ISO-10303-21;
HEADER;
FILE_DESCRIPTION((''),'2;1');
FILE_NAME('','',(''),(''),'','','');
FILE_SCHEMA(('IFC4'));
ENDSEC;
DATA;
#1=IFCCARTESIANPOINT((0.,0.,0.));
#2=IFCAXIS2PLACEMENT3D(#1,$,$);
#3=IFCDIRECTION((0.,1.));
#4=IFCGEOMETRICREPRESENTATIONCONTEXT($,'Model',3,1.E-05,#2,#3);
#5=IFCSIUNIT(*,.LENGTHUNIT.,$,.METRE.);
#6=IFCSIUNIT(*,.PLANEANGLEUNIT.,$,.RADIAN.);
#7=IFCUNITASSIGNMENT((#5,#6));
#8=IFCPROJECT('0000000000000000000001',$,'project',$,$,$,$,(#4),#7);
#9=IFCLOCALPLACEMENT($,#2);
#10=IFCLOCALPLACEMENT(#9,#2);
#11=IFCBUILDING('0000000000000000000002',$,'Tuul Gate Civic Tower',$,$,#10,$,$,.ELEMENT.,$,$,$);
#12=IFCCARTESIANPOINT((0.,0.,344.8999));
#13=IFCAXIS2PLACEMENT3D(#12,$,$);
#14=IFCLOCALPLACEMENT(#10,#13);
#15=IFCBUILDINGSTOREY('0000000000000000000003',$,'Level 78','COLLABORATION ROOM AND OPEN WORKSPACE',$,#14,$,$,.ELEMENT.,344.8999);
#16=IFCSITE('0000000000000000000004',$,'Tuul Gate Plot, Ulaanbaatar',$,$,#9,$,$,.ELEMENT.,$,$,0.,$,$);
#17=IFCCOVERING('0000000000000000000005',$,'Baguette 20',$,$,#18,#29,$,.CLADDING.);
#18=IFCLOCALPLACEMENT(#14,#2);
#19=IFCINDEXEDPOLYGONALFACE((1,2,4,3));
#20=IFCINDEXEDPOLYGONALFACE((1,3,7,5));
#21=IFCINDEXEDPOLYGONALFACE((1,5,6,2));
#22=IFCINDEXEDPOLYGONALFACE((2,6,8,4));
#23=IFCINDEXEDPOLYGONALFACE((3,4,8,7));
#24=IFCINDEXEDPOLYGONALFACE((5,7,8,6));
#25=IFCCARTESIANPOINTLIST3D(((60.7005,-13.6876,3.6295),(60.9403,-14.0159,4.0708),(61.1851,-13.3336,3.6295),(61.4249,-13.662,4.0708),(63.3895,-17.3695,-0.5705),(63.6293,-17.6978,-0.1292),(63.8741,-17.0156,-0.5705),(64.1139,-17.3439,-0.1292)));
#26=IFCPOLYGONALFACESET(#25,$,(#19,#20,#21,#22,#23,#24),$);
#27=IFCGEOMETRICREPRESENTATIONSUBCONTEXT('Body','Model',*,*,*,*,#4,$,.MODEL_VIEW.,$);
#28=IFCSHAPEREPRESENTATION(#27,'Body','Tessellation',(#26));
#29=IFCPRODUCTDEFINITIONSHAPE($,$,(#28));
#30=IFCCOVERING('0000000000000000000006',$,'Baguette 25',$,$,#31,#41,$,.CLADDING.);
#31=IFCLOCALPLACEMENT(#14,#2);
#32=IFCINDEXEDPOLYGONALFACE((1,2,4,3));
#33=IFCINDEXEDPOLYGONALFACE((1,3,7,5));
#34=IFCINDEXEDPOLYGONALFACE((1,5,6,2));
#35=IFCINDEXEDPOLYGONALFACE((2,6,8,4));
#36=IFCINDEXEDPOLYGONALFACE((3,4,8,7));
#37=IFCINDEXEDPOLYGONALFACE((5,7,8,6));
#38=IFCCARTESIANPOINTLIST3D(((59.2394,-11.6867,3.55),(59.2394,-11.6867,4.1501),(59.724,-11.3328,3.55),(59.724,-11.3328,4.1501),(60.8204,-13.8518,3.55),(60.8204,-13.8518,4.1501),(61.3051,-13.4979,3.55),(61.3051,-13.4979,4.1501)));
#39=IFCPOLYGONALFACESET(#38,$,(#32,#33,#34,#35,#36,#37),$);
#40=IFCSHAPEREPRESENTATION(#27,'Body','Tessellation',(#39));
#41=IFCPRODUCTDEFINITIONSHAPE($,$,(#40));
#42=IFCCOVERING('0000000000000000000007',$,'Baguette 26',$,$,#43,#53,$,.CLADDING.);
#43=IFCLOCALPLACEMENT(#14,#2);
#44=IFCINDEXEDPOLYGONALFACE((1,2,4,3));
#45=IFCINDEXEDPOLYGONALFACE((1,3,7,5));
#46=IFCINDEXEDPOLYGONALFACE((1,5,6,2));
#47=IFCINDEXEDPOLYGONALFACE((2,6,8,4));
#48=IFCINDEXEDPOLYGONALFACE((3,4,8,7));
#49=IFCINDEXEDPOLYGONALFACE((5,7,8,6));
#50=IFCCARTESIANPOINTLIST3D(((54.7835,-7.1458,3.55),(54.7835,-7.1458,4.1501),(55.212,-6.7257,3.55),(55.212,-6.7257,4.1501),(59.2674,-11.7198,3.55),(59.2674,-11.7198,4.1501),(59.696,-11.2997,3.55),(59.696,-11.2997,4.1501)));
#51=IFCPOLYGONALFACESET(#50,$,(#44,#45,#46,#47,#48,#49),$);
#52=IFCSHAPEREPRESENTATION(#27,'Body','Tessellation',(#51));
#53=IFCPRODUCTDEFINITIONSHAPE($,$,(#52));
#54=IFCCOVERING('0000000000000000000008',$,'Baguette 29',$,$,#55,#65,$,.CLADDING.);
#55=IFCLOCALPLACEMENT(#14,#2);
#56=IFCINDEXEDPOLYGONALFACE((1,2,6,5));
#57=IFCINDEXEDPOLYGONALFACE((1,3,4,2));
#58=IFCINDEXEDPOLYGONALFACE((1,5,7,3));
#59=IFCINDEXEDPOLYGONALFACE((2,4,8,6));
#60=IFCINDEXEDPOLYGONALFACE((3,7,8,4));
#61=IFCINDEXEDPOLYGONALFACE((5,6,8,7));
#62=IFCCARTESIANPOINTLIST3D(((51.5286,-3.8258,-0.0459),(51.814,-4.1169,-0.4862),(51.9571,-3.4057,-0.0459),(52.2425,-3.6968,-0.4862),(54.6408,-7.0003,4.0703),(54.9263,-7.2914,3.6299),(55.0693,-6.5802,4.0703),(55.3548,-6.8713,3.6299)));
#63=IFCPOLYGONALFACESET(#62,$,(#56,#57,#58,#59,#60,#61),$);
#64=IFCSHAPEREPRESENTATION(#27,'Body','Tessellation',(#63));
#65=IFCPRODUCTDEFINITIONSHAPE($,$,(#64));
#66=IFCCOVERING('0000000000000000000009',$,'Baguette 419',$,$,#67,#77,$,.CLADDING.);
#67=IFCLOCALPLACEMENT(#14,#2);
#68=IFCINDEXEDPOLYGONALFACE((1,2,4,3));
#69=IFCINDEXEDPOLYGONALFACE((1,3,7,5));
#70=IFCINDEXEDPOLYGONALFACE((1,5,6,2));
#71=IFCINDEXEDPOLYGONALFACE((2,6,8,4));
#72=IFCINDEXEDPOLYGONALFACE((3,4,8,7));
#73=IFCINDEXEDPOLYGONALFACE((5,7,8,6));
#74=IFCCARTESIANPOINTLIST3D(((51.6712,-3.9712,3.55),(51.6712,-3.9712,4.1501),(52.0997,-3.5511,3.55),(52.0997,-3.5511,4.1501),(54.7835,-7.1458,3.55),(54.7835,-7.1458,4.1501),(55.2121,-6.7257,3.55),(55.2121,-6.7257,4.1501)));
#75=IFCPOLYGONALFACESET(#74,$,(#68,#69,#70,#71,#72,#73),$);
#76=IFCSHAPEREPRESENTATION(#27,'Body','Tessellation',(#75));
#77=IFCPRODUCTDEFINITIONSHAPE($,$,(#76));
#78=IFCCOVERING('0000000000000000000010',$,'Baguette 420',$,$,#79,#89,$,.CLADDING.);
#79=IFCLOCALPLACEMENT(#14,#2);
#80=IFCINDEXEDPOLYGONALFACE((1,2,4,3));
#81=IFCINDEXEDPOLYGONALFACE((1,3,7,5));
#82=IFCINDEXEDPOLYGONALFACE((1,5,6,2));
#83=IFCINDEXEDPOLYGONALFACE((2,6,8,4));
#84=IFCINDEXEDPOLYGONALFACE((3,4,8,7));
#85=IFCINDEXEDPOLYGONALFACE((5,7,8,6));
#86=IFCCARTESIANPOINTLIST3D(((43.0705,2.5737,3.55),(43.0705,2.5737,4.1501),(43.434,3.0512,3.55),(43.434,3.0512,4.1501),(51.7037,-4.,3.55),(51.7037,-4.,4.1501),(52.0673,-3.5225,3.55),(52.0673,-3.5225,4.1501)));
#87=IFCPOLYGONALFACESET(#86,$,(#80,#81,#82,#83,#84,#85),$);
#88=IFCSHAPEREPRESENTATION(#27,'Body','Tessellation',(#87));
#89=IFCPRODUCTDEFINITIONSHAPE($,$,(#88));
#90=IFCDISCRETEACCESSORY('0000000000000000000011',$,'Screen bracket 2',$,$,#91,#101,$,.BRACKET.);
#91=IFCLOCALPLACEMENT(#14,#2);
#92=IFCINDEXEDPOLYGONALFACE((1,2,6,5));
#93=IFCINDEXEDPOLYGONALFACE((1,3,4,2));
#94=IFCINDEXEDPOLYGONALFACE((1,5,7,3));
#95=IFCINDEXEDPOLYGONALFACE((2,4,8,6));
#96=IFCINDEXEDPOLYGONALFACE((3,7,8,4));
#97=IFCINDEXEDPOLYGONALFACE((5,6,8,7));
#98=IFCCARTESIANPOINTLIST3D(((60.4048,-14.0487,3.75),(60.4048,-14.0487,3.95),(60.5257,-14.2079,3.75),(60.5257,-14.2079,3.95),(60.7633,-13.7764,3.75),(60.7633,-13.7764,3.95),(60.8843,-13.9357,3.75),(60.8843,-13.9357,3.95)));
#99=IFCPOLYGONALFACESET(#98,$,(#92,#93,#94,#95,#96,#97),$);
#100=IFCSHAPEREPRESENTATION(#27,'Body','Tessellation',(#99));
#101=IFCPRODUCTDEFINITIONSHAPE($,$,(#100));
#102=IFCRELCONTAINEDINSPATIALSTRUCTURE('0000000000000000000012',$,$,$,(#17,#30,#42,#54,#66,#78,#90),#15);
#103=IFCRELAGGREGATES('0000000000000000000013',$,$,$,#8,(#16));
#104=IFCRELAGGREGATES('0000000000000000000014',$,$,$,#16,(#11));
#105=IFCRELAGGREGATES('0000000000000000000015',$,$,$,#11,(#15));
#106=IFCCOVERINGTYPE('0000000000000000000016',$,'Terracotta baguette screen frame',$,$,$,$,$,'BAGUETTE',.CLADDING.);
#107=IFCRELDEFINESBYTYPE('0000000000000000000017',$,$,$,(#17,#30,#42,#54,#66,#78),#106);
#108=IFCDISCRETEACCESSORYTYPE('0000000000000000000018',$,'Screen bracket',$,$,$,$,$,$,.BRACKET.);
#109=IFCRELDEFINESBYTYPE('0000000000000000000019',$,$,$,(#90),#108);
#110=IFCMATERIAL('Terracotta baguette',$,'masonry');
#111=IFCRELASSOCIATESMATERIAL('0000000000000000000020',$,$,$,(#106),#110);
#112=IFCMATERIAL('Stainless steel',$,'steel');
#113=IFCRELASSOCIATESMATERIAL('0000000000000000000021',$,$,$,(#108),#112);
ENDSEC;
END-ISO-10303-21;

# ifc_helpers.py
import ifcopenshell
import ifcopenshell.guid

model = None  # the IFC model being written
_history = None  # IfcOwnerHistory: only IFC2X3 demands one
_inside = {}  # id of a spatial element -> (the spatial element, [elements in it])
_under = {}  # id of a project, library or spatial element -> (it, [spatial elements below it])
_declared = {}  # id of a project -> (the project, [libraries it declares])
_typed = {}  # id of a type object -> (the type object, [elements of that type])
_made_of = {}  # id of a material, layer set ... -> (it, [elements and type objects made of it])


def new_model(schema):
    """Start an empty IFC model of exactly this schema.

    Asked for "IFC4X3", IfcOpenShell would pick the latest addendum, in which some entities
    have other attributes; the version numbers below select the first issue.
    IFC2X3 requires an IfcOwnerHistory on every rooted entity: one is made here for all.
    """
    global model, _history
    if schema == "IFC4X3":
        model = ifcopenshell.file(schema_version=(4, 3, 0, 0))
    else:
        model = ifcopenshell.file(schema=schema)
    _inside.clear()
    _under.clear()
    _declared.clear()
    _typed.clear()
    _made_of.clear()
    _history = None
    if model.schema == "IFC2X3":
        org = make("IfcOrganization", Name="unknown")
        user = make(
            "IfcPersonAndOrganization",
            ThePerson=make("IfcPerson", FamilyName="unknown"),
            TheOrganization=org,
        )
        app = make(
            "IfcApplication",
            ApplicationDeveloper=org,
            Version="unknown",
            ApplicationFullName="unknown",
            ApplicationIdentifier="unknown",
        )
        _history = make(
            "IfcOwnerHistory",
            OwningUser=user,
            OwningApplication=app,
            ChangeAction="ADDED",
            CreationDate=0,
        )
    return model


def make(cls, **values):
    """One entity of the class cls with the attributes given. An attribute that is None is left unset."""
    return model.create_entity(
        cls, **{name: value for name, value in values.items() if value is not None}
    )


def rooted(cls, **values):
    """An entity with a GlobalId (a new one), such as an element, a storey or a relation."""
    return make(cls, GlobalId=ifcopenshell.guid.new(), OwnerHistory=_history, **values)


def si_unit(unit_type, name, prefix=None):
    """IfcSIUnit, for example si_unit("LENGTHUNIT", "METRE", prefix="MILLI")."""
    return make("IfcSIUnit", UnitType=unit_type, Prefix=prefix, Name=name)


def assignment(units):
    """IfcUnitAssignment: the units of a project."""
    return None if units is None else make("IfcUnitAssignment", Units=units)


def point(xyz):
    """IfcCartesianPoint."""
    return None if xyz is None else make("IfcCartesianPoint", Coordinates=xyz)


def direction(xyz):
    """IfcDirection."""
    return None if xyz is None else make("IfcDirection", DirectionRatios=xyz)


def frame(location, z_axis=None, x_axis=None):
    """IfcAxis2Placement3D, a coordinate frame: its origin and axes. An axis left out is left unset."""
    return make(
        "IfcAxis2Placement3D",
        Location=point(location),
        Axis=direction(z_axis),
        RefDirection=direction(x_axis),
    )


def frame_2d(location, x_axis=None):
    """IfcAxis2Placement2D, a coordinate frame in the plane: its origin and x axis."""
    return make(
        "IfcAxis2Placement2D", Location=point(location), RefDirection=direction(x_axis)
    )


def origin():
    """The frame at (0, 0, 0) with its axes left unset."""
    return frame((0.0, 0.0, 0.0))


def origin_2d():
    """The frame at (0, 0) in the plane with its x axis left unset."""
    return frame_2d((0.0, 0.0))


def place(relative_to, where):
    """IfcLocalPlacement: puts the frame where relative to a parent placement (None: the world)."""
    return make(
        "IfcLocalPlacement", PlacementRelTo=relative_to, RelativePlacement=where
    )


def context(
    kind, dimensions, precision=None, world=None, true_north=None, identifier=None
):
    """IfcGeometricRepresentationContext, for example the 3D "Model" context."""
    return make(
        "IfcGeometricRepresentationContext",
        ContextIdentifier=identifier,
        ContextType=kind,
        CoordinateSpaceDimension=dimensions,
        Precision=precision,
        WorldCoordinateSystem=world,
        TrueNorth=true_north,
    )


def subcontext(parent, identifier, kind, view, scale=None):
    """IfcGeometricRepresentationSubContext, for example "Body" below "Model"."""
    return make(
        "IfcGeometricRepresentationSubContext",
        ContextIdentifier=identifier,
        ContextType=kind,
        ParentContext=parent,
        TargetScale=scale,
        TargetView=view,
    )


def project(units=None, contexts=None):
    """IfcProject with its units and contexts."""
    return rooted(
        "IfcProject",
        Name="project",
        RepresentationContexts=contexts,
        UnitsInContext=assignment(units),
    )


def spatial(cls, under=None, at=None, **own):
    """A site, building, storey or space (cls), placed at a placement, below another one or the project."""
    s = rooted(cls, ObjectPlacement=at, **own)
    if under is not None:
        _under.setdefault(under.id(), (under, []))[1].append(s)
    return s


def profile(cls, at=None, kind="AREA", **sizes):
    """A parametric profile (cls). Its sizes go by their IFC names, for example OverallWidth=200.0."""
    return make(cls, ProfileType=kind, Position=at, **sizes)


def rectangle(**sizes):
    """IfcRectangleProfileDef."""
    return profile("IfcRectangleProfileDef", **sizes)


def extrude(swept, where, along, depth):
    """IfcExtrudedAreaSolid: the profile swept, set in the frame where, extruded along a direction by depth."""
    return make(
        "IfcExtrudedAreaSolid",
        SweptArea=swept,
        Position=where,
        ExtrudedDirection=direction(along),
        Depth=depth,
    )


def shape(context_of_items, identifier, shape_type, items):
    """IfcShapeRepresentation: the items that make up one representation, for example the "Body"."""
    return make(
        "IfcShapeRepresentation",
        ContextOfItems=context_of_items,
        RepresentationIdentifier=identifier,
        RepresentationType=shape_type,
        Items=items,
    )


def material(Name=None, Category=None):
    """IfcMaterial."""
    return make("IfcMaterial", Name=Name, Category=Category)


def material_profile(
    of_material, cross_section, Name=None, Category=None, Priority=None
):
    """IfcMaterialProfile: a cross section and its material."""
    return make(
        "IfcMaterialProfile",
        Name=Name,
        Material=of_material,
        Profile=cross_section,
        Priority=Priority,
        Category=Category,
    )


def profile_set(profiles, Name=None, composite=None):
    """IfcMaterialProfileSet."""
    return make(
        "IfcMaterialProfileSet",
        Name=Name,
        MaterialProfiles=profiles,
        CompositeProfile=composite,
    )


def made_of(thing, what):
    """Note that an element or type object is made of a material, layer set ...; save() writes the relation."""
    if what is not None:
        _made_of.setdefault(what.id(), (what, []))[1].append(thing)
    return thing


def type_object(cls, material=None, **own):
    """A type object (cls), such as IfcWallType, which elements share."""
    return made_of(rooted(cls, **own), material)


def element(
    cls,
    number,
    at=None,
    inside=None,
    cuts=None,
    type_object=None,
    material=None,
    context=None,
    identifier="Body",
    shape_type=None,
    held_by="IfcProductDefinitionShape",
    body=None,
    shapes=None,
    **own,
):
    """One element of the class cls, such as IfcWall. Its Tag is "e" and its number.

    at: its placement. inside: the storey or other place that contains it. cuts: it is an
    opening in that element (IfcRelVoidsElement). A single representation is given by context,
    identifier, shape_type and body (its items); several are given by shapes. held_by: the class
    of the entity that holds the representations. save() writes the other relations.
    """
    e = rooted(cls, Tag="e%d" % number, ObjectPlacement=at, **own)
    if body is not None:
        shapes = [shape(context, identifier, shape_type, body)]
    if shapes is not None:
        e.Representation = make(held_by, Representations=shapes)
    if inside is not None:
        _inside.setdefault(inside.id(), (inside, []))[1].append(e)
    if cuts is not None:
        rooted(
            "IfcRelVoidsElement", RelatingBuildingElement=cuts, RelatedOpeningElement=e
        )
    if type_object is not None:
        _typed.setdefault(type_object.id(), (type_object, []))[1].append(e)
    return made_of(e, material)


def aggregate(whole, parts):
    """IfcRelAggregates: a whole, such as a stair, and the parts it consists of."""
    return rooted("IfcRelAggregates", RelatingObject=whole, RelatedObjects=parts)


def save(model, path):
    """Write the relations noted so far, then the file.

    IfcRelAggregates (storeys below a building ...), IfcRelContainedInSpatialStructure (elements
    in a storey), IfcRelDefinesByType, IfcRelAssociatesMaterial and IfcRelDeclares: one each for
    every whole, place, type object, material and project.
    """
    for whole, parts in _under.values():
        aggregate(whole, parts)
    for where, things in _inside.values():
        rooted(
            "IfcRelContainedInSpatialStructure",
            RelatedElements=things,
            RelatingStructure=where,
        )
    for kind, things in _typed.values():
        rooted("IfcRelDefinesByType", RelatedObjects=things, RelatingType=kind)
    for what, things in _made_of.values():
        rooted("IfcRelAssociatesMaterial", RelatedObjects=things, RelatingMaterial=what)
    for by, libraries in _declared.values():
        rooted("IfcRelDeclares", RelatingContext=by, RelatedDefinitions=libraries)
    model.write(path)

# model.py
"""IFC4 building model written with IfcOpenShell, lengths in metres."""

from ifc_helpers import new_model, si_unit, direction, frame, origin, origin_2d, place, context, subcontext, project, spatial, rectangle, extrude, material, material_profile, profile_set, type_object, element, save


model = new_model("IFC4")

# Units and contexts
model_context = context("Model", 3, precision=1e-05, world=origin(), true_north=direction((0.0, 1.0)))
body_context = subcontext(model_context, "Body", "Model", "MODEL_VIEW")
ifc_project = project(units=[si_unit("LENGTHUNIT", "METRE"), si_unit("PLANEANGLEUNIT", "RADIAN")], contexts=[model_context])

# Site, building, storey
site_placement = place(None, origin())
site = spatial("IfcSite", under=ifc_project, at=site_placement, Name="Tuul Gate Plot, Ulaanbaatar", CompositionType="ELEMENT", RefElevation=0.0)
building_placement = place(site_placement, origin())
building = spatial("IfcBuilding", under=site, at=building_placement, Name="Tuul Gate Civic Tower", CompositionType="ELEMENT")
storey_placement = place(building_placement, frame((0.0, 0.0, 344.8999)))
storey = spatial("IfcBuildingStorey", under=building, at=storey_placement, Name="Level 78", Description="COLLABORATION ROOM AND OPEN WORKSPACE", CompositionType="ELEMENT", Elevation=344.8999)

# Coverings
ifc_material_1 = material(Name="Terracotta baguette", Category="masonry")
ifc_material_profile_1 = material_profile(ifc_material_1, rectangle(XDim=0.6001, YDim=0.6001, at=origin_2d()), Name="Terracotta baguette screen frame")
ifc_profile_set_1 = profile_set([ifc_material_profile_1], Name="Terracotta baguette")
covering_type = type_object("IfcCoveringType", Name="Terracotta baguette screen frame", ElementType="BAGUETTE", PredefinedType="CLADDING", material=ifc_profile_set_1)
covering_1_placement = place(storey_placement, frame((63.7517, -17.3567, -0.3499), z_axis=(-0.433781, 0.593957, 0.677531), x_axis=(-0.807563, -0.589782, 0.0)))
element("IfcCovering", 1, at=covering_1_placement, inside=storey, type_object=covering_type, Name="Baguette 20", PredefinedType="CLADDING", context=body_context, shape_type="SweptSolid", body=[
    extrude(rectangle(XDim=0.6001, YDim=0.6001, at=origin_2d()), origin(), (0.0, 0.0, 1.0), 6.199),
])
covering_2_placement = place(storey_placement, frame((61.0627, -13.6748, 3.8501), z_axis=(-0.589752, 0.807585, 0.0), x_axis=(-0.807585, -0.589752, 0.0)))
element("IfcCovering", 2, at=covering_2_placement, inside=storey, type_object=covering_type, Name="Baguette 25", PredefinedType="CLADDING", context=body_context, shape_type="SweptSolid", body=[
    extrude(rectangle(XDim=0.6001, YDim=0.6001, at=origin_2d()), origin(), (0.0, 0.0, 1.0), 2.6809),
])
covering_3_placement = place(storey_placement, frame((59.4817, -11.5098, 3.8501), z_axis=(-0.700039, 0.714104, 0.0), x_axis=(-0.714104, -0.700039, 0.0)))
element("IfcCovering", 3, at=covering_3_placement, inside=storey, type_object=covering_type, Name="Baguette 26", PredefinedType="CLADDING", context=body_context, shape_type="SweptSolid", body=[
    extrude(rectangle(XDim=0.6001, YDim=0.6001, at=origin_2d()), origin(), (0.0, 0.0, 1.0), 6.4053),
])
covering_4_placement = place(storey_placement, frame((54.9978, -6.9358, 3.8501), z_axis=(-0.513694, 0.52397, -0.679392), x_axis=(-0.714074, -0.70007, 0.0)))
element("IfcCovering", 4, at=covering_4_placement, inside=storey, type_object=covering_type, Name="Baguette 29", PredefinedType="CLADDING", context=body_context, shape_type="SweptSolid", body=[
    extrude(rectangle(XDim=0.6001, YDim=0.6001, at=origin_2d()), origin(), (0.0, 0.0, 1.0), 6.0586),
])
covering_5_placement = place(storey_placement, frame((54.9978, -6.9358, 3.8501), z_axis=(-0.70007, 0.714074, 0.0), x_axis=(-0.714074, -0.70007, 0.0)))
element("IfcCovering", 5, at=covering_5_placement, inside=storey, type_object=covering_type, Name="Baguette 419", PredefinedType="CLADDING", context=body_context, shape_type="SweptSolid", body=[
    extrude(rectangle(XDim=0.6001, YDim=0.6001, at=origin_2d()), origin(), (0.0, 0.0, 1.0), 4.4458),
])
covering_6_placement = place(storey_placement, frame((51.8855, -3.7612, 3.8501), z_axis=(-0.79561, 0.605809, 0.0), x_axis=(-0.605809, -0.79561, 0.0)))
element("IfcCovering", 6, at=covering_6_placement, inside=storey, type_object=covering_type, Name="Baguette 420", PredefinedType="CLADDING", context=body_context, shape_type="SweptSolid", body=[
    extrude(rectangle(XDim=0.6001, YDim=0.6001, at=origin_2d()), origin(), (0.0, 0.0, 1.0), 10.8511),
])

# Discrete accessory
ifc_material_2 = material(Name="Stainless steel", Category="steel")
discrete_accessory_type = type_object("IfcDiscreteAccessoryType", Name="Screen bracket", PredefinedType="BRACKET", material=ifc_material_2)
discrete_accessory_placement = place(storey_placement, frame((60.6445, -13.9922, 3.75), z_axis=(0.0, 0.0, 1.0), x_axis=(0.796383, 0.604792, 0.0)))
element("IfcDiscreteAccessory", 7, at=discrete_accessory_placement, inside=storey, type_object=discrete_accessory_type, Name="Screen bracket 2", PredefinedType="BRACKET", context=body_context, shape_type="SweptSolid", body=[
    extrude(rectangle(XDim=0.4502, YDim=0.2, at=origin_2d()), origin(), (0.0, 0.0, 1.0), 0.2),
])

save(model, "model.ifc")
